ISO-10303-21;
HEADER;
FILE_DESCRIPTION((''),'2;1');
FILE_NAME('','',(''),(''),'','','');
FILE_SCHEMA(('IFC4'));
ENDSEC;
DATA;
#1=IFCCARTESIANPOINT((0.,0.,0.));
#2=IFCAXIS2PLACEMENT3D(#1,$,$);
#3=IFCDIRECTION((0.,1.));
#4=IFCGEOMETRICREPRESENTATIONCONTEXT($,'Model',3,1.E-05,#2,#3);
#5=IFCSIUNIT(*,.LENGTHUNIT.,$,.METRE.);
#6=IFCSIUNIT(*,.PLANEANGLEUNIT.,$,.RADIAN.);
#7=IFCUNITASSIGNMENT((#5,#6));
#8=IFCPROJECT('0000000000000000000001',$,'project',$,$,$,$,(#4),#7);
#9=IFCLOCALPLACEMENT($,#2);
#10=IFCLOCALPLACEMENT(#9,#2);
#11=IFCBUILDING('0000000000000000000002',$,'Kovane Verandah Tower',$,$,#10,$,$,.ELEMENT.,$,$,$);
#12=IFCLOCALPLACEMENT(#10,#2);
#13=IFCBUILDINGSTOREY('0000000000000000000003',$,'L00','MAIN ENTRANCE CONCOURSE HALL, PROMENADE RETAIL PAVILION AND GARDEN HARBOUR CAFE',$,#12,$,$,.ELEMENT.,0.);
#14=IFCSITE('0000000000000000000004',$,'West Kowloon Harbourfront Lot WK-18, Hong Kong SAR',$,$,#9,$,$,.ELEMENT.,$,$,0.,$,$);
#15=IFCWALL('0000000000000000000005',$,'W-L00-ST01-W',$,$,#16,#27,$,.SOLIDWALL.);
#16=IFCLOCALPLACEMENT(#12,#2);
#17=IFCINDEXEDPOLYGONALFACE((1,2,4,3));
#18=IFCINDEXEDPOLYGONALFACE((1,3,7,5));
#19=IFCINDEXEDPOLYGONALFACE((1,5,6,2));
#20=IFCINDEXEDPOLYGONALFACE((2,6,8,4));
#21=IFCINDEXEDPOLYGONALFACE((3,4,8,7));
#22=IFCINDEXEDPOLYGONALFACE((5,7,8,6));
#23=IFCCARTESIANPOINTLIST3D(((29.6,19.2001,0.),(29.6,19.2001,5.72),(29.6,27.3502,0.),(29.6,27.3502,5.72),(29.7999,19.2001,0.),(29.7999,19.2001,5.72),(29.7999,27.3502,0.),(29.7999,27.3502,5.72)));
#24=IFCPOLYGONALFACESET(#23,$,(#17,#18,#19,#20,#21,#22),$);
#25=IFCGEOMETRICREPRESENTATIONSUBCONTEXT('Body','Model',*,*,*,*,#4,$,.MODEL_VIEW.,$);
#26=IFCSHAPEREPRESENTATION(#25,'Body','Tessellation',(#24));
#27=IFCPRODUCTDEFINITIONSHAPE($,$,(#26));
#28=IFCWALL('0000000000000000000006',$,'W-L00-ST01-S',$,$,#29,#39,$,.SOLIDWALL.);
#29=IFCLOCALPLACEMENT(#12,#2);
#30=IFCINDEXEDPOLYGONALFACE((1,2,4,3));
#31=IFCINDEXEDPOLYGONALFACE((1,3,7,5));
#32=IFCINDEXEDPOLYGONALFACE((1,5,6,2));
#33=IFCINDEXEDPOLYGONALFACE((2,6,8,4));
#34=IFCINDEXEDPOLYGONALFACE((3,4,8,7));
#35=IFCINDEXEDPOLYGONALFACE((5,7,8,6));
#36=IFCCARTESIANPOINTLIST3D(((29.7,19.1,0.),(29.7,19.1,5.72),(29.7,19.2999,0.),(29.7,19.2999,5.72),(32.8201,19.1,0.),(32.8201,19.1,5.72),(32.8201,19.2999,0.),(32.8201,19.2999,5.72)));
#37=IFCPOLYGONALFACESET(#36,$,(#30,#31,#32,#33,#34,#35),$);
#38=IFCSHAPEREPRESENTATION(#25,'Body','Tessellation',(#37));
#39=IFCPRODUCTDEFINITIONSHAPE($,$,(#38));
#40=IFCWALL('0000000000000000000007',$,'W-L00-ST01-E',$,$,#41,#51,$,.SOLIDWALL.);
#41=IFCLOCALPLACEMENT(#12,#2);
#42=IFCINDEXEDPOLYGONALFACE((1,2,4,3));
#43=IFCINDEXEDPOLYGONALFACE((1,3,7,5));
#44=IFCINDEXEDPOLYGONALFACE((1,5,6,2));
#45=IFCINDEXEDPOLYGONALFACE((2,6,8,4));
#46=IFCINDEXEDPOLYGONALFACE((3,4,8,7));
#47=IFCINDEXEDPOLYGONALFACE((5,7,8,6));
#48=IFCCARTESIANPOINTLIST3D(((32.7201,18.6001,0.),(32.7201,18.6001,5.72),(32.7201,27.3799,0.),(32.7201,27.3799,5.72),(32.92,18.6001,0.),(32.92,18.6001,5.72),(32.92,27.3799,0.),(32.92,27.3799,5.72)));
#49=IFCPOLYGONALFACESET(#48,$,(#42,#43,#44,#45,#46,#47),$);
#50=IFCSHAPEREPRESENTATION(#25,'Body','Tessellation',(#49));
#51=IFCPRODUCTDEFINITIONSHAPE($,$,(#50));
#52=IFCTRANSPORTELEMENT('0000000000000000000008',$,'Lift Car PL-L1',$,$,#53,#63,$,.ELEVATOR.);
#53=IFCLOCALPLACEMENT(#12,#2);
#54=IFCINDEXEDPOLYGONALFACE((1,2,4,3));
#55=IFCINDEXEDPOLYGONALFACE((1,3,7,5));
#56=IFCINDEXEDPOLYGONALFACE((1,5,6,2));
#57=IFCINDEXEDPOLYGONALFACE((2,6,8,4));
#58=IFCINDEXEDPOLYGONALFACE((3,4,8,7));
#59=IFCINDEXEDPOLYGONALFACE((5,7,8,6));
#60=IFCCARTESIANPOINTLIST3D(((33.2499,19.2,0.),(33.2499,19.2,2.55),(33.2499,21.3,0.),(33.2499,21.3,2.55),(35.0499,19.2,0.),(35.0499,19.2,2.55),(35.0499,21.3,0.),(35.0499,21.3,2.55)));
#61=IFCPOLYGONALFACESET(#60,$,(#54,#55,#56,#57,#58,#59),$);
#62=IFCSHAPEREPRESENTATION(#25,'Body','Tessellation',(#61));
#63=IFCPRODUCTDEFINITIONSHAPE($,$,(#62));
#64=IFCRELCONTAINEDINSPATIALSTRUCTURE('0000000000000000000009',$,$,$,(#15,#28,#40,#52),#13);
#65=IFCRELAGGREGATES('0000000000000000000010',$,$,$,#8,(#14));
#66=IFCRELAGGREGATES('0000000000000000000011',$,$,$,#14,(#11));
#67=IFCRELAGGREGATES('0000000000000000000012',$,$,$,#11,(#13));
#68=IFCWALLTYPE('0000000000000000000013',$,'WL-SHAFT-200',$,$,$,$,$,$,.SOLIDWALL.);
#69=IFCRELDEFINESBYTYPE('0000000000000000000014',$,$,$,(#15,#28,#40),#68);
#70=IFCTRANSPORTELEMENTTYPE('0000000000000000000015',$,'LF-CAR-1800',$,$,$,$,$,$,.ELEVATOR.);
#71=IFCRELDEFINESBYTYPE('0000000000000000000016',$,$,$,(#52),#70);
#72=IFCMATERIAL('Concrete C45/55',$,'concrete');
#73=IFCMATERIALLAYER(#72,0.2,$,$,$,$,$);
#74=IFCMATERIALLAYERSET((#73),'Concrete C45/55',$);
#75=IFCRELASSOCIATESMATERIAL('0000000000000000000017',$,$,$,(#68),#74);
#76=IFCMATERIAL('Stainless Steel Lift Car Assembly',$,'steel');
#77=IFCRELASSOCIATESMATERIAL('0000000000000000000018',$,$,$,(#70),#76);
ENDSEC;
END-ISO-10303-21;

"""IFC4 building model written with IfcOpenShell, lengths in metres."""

from ifc_helpers import new_model, si_unit, direction, frame, frame_2d, origin, origin_2d, place, context, subcontext, project, spatial, rectangle, extrude, material, layer, layer_set, type_object, element, save


model = new_model("IFC4")

# Units and contexts
model_context = context("Model", 3, precision=1e-05, world=origin(), true_north=direction((0.0, 1.0)))
body_context = subcontext(model_context, "Body", "Model", "MODEL_VIEW")
ifc_project = project(units=[si_unit("LENGTHUNIT", "METRE"), si_unit("PLANEANGLEUNIT", "RADIAN")], contexts=[model_context])

# Site, building, storey
site_placement = place(None, origin())
site = spatial("IfcSite", under=ifc_project, at=site_placement, Name="West Kowloon Harbourfront Lot WK-18, Hong Kong SAR", CompositionType="ELEMENT", RefElevation=0.0)
building_placement = place(site_placement, origin())
building = spatial("IfcBuilding", under=site, at=building_placement, Name="Kovane Verandah Tower", CompositionType="ELEMENT")
storey_placement = place(building_placement, origin())
storey = spatial("IfcBuildingStorey", under=building, at=storey_placement, Name="L00", Description="MAIN ENTRANCE CONCOURSE HALL, PROMENADE RETAIL PAVILION AND GARDEN HARBOUR CAFE", CompositionType="ELEMENT", Elevation=0.0)

# Walls
ifc_material_1 = material(Name="Concrete C45/55", Category="concrete")
ifc_layer_1 = layer(ifc_material_1, 0.2)
ifc_layer_set_1 = layer_set([ifc_layer_1], Name="Concrete C45/55")
wall_type_1 = type_object("IfcWallType", Name="WL-SHAFT-200", PredefinedType="SOLIDWALL", material=ifc_layer_set_1)
wall_1_placement = place(storey_placement, frame((29.7, 19.2, 0.0), z_axis=(0.0, 0.0, 1.0), x_axis=(0.0, 1.0, 0.0)))
element("IfcWall", 1, at=wall_1_placement, inside=storey, type_object=wall_type_1, Name="W-L00-ST01-W", PredefinedType="SOLIDWALL", context=body_context, shape_type="SweptSolid", body=[
    extrude(rectangle(XDim=8.1501, YDim=0.2, at=frame_2d((4.0752, 0.0))), origin(), (0.0, 0.0, 1.0), 5.72),
])
wall_2_placement = place(storey_placement, frame((29.7, 19.2, 0.0), z_axis=(0.0, 0.0, 1.0), x_axis=(1.0, 0.0, 0.0)))
element("IfcWall", 2, at=wall_2_placement, inside=storey, type_object=wall_type_1, Name="W-L00-ST01-S", PredefinedType="SOLIDWALL", context=body_context, shape_type="SweptSolid", body=[
    extrude(rectangle(XDim=3.1201, YDim=0.2, at=frame_2d((1.5601, 0.0))), origin(), (0.0, 0.0, 1.0), 5.72),
])
wall_3_placement = place(storey_placement, frame((32.8201, 18.6001, 0.0), z_axis=(0.0, 0.0, 1.0), x_axis=(0.0, 1.0, 0.0)))
element("IfcWall", 3, at=wall_3_placement, inside=storey, type_object=wall_type_1, Name="W-L00-ST01-E", PredefinedType="SOLIDWALL", context=body_context, shape_type="SweptSolid", body=[
    extrude(rectangle(XDim=8.7798, YDim=0.2, at=frame_2d((4.3899, 0.0))), origin(), (0.0, 0.0, 1.0), 5.72),
])

# Transport element
ifc_material_2 = material(Name="Stainless Steel Lift Car Assembly", Category="steel")
transport_element_type = type_object("IfcTransportElementType", Name="LF-CAR-1800", PredefinedType="ELEVATOR", material=ifc_material_2)
transport_element_placement = place(storey_placement, frame((34.1499, 20.25, 0.0), z_axis=(0.0, 0.0, 1.0), x_axis=(1.0, 0.0, 0.0)))
element("IfcTransportElement", 4, at=transport_element_placement, inside=storey, type_object=transport_element_type, Name="Lift Car PL-L1", PredefinedType="ELEVATOR", context=body_context, shape_type="SweptSolid", body=[
    extrude(rectangle(XDim=1.8, YDim=2.1001, at=origin_2d()), origin(), (0.0, 0.0, 1.0), 2.55),
])

save(model, "model.ifc")
